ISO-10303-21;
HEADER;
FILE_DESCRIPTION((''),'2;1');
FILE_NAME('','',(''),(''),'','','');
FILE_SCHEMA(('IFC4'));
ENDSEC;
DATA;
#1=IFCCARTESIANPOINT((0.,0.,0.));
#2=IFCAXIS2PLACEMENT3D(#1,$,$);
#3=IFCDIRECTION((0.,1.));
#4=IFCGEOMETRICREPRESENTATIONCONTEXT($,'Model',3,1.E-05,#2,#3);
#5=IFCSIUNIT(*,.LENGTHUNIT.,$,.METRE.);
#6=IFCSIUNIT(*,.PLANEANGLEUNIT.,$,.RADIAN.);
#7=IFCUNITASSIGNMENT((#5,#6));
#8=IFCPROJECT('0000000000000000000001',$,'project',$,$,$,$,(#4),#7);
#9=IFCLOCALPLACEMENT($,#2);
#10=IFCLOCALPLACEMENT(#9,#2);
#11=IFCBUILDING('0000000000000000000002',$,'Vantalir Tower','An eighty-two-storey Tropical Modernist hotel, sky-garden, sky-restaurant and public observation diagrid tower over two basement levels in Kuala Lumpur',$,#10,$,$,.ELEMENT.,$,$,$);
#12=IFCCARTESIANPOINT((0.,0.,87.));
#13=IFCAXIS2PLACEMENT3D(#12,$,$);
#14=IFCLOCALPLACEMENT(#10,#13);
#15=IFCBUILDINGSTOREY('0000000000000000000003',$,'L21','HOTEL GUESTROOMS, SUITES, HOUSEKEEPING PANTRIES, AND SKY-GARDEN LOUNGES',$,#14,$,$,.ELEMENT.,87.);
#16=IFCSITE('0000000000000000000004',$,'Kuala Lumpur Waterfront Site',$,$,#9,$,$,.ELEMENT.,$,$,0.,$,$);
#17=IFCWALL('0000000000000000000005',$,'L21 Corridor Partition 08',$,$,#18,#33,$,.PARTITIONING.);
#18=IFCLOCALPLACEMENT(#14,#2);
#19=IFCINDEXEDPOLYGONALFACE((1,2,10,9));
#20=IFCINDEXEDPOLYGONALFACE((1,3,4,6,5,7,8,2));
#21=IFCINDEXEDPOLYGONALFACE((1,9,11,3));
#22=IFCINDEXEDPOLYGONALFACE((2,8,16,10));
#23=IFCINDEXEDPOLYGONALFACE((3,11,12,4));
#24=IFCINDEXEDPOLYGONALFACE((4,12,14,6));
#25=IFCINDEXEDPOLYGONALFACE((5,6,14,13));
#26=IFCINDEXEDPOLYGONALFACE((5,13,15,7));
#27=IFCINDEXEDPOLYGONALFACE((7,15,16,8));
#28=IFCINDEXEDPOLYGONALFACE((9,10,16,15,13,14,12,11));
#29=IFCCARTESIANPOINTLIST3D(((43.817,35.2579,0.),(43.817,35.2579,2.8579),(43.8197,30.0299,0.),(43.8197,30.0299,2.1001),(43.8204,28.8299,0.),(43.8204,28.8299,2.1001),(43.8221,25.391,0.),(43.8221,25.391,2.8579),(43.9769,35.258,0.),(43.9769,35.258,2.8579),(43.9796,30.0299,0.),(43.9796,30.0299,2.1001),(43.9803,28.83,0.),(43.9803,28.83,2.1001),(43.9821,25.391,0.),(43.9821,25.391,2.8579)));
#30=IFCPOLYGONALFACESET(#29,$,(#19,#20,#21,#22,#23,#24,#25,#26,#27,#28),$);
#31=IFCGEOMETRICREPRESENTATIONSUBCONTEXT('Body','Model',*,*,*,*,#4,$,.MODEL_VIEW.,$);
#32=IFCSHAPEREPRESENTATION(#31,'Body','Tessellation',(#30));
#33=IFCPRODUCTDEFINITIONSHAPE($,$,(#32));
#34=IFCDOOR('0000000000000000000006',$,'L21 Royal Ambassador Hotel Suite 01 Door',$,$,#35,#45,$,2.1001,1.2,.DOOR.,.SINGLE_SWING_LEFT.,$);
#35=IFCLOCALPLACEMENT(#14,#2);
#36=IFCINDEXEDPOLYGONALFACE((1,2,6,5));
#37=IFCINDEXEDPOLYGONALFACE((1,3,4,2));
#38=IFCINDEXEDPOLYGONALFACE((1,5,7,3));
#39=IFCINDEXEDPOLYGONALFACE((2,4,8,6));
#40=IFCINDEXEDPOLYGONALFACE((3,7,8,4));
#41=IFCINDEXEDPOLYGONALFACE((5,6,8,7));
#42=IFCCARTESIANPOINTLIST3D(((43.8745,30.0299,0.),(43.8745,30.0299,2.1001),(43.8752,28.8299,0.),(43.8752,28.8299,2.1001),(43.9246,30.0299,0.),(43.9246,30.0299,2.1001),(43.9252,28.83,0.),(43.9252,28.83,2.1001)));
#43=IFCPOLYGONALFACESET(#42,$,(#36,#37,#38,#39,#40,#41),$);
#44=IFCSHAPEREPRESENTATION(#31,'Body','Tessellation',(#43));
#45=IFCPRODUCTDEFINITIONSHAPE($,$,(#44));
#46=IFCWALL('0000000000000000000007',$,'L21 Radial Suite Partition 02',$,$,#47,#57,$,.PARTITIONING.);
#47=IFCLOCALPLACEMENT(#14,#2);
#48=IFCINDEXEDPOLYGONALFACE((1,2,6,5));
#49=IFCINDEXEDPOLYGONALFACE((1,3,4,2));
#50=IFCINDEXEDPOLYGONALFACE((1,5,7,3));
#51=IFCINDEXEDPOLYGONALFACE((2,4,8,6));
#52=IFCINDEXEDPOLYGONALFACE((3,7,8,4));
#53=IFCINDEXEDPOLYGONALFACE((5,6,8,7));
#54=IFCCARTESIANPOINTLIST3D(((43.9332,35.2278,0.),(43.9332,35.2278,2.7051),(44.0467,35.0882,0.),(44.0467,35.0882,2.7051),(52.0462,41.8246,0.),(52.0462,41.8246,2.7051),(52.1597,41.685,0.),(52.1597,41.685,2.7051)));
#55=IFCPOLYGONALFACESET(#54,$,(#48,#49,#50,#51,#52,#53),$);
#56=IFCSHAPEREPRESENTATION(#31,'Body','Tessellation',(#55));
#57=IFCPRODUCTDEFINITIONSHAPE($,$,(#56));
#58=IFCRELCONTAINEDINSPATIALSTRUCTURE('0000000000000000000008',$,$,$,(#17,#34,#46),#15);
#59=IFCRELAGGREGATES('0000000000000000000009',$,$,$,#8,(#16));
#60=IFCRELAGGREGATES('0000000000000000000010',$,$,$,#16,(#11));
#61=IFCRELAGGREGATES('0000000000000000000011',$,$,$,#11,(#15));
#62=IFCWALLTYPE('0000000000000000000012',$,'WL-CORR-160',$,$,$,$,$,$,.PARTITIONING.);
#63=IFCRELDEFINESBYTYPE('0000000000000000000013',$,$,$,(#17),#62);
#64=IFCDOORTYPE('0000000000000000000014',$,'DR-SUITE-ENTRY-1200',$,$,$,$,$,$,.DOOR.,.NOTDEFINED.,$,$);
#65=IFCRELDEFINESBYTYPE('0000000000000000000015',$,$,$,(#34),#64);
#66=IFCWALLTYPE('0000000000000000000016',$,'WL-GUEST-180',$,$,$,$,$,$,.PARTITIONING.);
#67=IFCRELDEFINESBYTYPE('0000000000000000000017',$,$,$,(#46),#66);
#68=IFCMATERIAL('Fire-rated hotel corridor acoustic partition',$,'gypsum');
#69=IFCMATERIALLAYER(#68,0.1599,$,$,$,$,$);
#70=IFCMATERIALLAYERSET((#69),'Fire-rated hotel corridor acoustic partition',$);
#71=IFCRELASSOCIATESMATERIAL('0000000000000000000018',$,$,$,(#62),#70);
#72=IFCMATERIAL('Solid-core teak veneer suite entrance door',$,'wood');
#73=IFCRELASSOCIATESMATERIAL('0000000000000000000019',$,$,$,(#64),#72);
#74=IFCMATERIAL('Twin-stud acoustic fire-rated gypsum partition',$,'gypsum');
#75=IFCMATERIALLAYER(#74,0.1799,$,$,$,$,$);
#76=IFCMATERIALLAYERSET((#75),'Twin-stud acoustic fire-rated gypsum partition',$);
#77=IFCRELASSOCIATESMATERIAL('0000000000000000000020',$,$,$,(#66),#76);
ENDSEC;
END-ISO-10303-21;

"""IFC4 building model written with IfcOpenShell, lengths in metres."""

from ifc_helpers import new_model, si_unit, direction, frame, frame_2d, origin, place, context, subcontext, project, spatial, rectangle, extrude, material, layer, layer_set, type_object, element, fill, save


model = new_model("IFC4")

# Units and contexts
model_context = context("Model", 3, precision=1e-05, world=origin(), true_north=direction((0.0, 1.0)))
body_context = subcontext(model_context, "Body", "Model", "MODEL_VIEW")
ifc_project = project(units=[si_unit("LENGTHUNIT", "METRE"), si_unit("PLANEANGLEUNIT", "RADIAN")], contexts=[model_context])

# Site, building, storey
site_placement = place(None, origin())
site = spatial("IfcSite", under=ifc_project, at=site_placement, Name="Kuala Lumpur Waterfront Site", CompositionType="ELEMENT", RefElevation=0.0)
building_placement = place(site_placement, origin())
building = spatial("IfcBuilding", under=site, at=building_placement, Name="Vantalir Tower", Description="An eighty-two-storey Tropical Modernist hotel, sky-garden, sky-restaurant and public observation diagrid tower over two basement levels in Kuala Lumpur", CompositionType="ELEMENT")
storey_placement = place(building_placement, frame((0.0, 0.0, 87.0)))
storey = spatial("IfcBuildingStorey", under=building, at=storey_placement, Name="L21", Description="HOTEL GUESTROOMS, SUITES, HOUSEKEEPING PANTRIES, AND SKY-GARDEN LOUNGES", CompositionType="ELEMENT", Elevation=87.0)

# Wall, opening, door
ifc_material_1 = material(Name="Fire-rated hotel corridor acoustic partition", Category="gypsum")
ifc_layer_1 = layer(ifc_material_1, 0.1599)
ifc_layer_set_1 = layer_set([ifc_layer_1], Name="Fire-rated hotel corridor acoustic partition")
wall_type_1 = type_object("IfcWallType", Name="WL-CORR-160", PredefinedType="PARTITIONING", material=ifc_layer_set_1)
wall_1_placement = place(storey_placement, frame((43.897, 35.2581, 0.0), z_axis=(0.0, 0.0, 1.0), x_axis=(0.00052, -1.0, 0.0)))
wall_1 = element("IfcWall", 1, at=wall_1_placement, inside=storey, type_object=wall_type_1, Name="L21 Corridor Partition 08", PredefinedType="PARTITIONING", context=body_context, shape_type="SweptSolid", body=[
    extrude(rectangle(XDim=9.8669, YDim=0.1599, at=frame_2d((4.9336, 0.0))), origin(), (0.0, 0.0, 1.0), 2.8579),
])
opening_1_placement = place(wall_1_placement, frame((5.228, 0.0, 0.0)))
opening_1 = element("IfcOpeningElement", 2, at=opening_1_placement, cuts=wall_1, PredefinedType="OPENING", context=body_context, shape_type="SweptSolid", body=[
    extrude(rectangle(XDim=1.2, YDim=2.1001, at=frame_2d((0.6001, 1.05))), frame((0.0, 0.0898, 0.0), z_axis=(0.0, -1.0, 0.0), x_axis=(1.0, 0.0, 0.0)), (0.0, 0.0, 1.0), 0.1799),
])
ifc_material_2 = material(Name="Solid-core teak veneer suite entrance door", Category="wood")
door_type_1 = type_object("IfcDoorType", Name="DR-SUITE-ENTRY-1200", OperationType="NOTDEFINED", PredefinedType="DOOR", material=ifc_material_2)
door_1_placement = place(opening_1_placement, origin())
door_1 = element("IfcDoor", 3, at=door_1_placement, inside=storey, type_object=door_type_1, Name="L21 Royal Ambassador Hotel Suite 01 Door", OperationType="SINGLE_SWING_LEFT", OverallHeight=2.1001, OverallWidth=1.2, PredefinedType="DOOR", context=body_context, shape_type="SweptSolid", body=[
    extrude(rectangle(XDim=1.2, YDim=2.1001, at=frame_2d((0.6001, 1.05))), frame((0.0, 0.0249, 0.0), z_axis=(0.0, -1.0, 0.0), x_axis=(1.0, 0.0, 0.0)), (0.0, 0.0, 1.0), 0.05),
])
fill(opening_1, door_1)

# Wall
ifc_material_3 = material(Name="Twin-stud acoustic fire-rated gypsum partition", Category="gypsum")
ifc_layer_2 = layer(ifc_material_3, 0.1799)
ifc_layer_set_2 = layer_set([ifc_layer_2], Name="Twin-stud acoustic fire-rated gypsum partition")
wall_type_2 = type_object("IfcWallType", Name="WL-GUEST-180", PredefinedType="PARTITIONING", material=ifc_layer_set_2)
wall_2_placement = place(storey_placement, frame((43.99, 35.158, 0.0), z_axis=(0.0, 0.0, 1.0), x_axis=(0.775876, 0.630885, 0.0)))
element("IfcWall", 4, at=wall_2_placement, inside=storey, type_object=wall_type_2, Name="L21 Radial Suite Partition 02", PredefinedType="PARTITIONING", context=body_context, shape_type="SweptSolid", body=[
    extrude(rectangle(XDim=10.4565, YDim=0.1799, at=frame_2d((5.2283, 0.0))), origin(), (0.0, 0.0, 1.0), 2.7051),
])

save(model, "model.ifc")
